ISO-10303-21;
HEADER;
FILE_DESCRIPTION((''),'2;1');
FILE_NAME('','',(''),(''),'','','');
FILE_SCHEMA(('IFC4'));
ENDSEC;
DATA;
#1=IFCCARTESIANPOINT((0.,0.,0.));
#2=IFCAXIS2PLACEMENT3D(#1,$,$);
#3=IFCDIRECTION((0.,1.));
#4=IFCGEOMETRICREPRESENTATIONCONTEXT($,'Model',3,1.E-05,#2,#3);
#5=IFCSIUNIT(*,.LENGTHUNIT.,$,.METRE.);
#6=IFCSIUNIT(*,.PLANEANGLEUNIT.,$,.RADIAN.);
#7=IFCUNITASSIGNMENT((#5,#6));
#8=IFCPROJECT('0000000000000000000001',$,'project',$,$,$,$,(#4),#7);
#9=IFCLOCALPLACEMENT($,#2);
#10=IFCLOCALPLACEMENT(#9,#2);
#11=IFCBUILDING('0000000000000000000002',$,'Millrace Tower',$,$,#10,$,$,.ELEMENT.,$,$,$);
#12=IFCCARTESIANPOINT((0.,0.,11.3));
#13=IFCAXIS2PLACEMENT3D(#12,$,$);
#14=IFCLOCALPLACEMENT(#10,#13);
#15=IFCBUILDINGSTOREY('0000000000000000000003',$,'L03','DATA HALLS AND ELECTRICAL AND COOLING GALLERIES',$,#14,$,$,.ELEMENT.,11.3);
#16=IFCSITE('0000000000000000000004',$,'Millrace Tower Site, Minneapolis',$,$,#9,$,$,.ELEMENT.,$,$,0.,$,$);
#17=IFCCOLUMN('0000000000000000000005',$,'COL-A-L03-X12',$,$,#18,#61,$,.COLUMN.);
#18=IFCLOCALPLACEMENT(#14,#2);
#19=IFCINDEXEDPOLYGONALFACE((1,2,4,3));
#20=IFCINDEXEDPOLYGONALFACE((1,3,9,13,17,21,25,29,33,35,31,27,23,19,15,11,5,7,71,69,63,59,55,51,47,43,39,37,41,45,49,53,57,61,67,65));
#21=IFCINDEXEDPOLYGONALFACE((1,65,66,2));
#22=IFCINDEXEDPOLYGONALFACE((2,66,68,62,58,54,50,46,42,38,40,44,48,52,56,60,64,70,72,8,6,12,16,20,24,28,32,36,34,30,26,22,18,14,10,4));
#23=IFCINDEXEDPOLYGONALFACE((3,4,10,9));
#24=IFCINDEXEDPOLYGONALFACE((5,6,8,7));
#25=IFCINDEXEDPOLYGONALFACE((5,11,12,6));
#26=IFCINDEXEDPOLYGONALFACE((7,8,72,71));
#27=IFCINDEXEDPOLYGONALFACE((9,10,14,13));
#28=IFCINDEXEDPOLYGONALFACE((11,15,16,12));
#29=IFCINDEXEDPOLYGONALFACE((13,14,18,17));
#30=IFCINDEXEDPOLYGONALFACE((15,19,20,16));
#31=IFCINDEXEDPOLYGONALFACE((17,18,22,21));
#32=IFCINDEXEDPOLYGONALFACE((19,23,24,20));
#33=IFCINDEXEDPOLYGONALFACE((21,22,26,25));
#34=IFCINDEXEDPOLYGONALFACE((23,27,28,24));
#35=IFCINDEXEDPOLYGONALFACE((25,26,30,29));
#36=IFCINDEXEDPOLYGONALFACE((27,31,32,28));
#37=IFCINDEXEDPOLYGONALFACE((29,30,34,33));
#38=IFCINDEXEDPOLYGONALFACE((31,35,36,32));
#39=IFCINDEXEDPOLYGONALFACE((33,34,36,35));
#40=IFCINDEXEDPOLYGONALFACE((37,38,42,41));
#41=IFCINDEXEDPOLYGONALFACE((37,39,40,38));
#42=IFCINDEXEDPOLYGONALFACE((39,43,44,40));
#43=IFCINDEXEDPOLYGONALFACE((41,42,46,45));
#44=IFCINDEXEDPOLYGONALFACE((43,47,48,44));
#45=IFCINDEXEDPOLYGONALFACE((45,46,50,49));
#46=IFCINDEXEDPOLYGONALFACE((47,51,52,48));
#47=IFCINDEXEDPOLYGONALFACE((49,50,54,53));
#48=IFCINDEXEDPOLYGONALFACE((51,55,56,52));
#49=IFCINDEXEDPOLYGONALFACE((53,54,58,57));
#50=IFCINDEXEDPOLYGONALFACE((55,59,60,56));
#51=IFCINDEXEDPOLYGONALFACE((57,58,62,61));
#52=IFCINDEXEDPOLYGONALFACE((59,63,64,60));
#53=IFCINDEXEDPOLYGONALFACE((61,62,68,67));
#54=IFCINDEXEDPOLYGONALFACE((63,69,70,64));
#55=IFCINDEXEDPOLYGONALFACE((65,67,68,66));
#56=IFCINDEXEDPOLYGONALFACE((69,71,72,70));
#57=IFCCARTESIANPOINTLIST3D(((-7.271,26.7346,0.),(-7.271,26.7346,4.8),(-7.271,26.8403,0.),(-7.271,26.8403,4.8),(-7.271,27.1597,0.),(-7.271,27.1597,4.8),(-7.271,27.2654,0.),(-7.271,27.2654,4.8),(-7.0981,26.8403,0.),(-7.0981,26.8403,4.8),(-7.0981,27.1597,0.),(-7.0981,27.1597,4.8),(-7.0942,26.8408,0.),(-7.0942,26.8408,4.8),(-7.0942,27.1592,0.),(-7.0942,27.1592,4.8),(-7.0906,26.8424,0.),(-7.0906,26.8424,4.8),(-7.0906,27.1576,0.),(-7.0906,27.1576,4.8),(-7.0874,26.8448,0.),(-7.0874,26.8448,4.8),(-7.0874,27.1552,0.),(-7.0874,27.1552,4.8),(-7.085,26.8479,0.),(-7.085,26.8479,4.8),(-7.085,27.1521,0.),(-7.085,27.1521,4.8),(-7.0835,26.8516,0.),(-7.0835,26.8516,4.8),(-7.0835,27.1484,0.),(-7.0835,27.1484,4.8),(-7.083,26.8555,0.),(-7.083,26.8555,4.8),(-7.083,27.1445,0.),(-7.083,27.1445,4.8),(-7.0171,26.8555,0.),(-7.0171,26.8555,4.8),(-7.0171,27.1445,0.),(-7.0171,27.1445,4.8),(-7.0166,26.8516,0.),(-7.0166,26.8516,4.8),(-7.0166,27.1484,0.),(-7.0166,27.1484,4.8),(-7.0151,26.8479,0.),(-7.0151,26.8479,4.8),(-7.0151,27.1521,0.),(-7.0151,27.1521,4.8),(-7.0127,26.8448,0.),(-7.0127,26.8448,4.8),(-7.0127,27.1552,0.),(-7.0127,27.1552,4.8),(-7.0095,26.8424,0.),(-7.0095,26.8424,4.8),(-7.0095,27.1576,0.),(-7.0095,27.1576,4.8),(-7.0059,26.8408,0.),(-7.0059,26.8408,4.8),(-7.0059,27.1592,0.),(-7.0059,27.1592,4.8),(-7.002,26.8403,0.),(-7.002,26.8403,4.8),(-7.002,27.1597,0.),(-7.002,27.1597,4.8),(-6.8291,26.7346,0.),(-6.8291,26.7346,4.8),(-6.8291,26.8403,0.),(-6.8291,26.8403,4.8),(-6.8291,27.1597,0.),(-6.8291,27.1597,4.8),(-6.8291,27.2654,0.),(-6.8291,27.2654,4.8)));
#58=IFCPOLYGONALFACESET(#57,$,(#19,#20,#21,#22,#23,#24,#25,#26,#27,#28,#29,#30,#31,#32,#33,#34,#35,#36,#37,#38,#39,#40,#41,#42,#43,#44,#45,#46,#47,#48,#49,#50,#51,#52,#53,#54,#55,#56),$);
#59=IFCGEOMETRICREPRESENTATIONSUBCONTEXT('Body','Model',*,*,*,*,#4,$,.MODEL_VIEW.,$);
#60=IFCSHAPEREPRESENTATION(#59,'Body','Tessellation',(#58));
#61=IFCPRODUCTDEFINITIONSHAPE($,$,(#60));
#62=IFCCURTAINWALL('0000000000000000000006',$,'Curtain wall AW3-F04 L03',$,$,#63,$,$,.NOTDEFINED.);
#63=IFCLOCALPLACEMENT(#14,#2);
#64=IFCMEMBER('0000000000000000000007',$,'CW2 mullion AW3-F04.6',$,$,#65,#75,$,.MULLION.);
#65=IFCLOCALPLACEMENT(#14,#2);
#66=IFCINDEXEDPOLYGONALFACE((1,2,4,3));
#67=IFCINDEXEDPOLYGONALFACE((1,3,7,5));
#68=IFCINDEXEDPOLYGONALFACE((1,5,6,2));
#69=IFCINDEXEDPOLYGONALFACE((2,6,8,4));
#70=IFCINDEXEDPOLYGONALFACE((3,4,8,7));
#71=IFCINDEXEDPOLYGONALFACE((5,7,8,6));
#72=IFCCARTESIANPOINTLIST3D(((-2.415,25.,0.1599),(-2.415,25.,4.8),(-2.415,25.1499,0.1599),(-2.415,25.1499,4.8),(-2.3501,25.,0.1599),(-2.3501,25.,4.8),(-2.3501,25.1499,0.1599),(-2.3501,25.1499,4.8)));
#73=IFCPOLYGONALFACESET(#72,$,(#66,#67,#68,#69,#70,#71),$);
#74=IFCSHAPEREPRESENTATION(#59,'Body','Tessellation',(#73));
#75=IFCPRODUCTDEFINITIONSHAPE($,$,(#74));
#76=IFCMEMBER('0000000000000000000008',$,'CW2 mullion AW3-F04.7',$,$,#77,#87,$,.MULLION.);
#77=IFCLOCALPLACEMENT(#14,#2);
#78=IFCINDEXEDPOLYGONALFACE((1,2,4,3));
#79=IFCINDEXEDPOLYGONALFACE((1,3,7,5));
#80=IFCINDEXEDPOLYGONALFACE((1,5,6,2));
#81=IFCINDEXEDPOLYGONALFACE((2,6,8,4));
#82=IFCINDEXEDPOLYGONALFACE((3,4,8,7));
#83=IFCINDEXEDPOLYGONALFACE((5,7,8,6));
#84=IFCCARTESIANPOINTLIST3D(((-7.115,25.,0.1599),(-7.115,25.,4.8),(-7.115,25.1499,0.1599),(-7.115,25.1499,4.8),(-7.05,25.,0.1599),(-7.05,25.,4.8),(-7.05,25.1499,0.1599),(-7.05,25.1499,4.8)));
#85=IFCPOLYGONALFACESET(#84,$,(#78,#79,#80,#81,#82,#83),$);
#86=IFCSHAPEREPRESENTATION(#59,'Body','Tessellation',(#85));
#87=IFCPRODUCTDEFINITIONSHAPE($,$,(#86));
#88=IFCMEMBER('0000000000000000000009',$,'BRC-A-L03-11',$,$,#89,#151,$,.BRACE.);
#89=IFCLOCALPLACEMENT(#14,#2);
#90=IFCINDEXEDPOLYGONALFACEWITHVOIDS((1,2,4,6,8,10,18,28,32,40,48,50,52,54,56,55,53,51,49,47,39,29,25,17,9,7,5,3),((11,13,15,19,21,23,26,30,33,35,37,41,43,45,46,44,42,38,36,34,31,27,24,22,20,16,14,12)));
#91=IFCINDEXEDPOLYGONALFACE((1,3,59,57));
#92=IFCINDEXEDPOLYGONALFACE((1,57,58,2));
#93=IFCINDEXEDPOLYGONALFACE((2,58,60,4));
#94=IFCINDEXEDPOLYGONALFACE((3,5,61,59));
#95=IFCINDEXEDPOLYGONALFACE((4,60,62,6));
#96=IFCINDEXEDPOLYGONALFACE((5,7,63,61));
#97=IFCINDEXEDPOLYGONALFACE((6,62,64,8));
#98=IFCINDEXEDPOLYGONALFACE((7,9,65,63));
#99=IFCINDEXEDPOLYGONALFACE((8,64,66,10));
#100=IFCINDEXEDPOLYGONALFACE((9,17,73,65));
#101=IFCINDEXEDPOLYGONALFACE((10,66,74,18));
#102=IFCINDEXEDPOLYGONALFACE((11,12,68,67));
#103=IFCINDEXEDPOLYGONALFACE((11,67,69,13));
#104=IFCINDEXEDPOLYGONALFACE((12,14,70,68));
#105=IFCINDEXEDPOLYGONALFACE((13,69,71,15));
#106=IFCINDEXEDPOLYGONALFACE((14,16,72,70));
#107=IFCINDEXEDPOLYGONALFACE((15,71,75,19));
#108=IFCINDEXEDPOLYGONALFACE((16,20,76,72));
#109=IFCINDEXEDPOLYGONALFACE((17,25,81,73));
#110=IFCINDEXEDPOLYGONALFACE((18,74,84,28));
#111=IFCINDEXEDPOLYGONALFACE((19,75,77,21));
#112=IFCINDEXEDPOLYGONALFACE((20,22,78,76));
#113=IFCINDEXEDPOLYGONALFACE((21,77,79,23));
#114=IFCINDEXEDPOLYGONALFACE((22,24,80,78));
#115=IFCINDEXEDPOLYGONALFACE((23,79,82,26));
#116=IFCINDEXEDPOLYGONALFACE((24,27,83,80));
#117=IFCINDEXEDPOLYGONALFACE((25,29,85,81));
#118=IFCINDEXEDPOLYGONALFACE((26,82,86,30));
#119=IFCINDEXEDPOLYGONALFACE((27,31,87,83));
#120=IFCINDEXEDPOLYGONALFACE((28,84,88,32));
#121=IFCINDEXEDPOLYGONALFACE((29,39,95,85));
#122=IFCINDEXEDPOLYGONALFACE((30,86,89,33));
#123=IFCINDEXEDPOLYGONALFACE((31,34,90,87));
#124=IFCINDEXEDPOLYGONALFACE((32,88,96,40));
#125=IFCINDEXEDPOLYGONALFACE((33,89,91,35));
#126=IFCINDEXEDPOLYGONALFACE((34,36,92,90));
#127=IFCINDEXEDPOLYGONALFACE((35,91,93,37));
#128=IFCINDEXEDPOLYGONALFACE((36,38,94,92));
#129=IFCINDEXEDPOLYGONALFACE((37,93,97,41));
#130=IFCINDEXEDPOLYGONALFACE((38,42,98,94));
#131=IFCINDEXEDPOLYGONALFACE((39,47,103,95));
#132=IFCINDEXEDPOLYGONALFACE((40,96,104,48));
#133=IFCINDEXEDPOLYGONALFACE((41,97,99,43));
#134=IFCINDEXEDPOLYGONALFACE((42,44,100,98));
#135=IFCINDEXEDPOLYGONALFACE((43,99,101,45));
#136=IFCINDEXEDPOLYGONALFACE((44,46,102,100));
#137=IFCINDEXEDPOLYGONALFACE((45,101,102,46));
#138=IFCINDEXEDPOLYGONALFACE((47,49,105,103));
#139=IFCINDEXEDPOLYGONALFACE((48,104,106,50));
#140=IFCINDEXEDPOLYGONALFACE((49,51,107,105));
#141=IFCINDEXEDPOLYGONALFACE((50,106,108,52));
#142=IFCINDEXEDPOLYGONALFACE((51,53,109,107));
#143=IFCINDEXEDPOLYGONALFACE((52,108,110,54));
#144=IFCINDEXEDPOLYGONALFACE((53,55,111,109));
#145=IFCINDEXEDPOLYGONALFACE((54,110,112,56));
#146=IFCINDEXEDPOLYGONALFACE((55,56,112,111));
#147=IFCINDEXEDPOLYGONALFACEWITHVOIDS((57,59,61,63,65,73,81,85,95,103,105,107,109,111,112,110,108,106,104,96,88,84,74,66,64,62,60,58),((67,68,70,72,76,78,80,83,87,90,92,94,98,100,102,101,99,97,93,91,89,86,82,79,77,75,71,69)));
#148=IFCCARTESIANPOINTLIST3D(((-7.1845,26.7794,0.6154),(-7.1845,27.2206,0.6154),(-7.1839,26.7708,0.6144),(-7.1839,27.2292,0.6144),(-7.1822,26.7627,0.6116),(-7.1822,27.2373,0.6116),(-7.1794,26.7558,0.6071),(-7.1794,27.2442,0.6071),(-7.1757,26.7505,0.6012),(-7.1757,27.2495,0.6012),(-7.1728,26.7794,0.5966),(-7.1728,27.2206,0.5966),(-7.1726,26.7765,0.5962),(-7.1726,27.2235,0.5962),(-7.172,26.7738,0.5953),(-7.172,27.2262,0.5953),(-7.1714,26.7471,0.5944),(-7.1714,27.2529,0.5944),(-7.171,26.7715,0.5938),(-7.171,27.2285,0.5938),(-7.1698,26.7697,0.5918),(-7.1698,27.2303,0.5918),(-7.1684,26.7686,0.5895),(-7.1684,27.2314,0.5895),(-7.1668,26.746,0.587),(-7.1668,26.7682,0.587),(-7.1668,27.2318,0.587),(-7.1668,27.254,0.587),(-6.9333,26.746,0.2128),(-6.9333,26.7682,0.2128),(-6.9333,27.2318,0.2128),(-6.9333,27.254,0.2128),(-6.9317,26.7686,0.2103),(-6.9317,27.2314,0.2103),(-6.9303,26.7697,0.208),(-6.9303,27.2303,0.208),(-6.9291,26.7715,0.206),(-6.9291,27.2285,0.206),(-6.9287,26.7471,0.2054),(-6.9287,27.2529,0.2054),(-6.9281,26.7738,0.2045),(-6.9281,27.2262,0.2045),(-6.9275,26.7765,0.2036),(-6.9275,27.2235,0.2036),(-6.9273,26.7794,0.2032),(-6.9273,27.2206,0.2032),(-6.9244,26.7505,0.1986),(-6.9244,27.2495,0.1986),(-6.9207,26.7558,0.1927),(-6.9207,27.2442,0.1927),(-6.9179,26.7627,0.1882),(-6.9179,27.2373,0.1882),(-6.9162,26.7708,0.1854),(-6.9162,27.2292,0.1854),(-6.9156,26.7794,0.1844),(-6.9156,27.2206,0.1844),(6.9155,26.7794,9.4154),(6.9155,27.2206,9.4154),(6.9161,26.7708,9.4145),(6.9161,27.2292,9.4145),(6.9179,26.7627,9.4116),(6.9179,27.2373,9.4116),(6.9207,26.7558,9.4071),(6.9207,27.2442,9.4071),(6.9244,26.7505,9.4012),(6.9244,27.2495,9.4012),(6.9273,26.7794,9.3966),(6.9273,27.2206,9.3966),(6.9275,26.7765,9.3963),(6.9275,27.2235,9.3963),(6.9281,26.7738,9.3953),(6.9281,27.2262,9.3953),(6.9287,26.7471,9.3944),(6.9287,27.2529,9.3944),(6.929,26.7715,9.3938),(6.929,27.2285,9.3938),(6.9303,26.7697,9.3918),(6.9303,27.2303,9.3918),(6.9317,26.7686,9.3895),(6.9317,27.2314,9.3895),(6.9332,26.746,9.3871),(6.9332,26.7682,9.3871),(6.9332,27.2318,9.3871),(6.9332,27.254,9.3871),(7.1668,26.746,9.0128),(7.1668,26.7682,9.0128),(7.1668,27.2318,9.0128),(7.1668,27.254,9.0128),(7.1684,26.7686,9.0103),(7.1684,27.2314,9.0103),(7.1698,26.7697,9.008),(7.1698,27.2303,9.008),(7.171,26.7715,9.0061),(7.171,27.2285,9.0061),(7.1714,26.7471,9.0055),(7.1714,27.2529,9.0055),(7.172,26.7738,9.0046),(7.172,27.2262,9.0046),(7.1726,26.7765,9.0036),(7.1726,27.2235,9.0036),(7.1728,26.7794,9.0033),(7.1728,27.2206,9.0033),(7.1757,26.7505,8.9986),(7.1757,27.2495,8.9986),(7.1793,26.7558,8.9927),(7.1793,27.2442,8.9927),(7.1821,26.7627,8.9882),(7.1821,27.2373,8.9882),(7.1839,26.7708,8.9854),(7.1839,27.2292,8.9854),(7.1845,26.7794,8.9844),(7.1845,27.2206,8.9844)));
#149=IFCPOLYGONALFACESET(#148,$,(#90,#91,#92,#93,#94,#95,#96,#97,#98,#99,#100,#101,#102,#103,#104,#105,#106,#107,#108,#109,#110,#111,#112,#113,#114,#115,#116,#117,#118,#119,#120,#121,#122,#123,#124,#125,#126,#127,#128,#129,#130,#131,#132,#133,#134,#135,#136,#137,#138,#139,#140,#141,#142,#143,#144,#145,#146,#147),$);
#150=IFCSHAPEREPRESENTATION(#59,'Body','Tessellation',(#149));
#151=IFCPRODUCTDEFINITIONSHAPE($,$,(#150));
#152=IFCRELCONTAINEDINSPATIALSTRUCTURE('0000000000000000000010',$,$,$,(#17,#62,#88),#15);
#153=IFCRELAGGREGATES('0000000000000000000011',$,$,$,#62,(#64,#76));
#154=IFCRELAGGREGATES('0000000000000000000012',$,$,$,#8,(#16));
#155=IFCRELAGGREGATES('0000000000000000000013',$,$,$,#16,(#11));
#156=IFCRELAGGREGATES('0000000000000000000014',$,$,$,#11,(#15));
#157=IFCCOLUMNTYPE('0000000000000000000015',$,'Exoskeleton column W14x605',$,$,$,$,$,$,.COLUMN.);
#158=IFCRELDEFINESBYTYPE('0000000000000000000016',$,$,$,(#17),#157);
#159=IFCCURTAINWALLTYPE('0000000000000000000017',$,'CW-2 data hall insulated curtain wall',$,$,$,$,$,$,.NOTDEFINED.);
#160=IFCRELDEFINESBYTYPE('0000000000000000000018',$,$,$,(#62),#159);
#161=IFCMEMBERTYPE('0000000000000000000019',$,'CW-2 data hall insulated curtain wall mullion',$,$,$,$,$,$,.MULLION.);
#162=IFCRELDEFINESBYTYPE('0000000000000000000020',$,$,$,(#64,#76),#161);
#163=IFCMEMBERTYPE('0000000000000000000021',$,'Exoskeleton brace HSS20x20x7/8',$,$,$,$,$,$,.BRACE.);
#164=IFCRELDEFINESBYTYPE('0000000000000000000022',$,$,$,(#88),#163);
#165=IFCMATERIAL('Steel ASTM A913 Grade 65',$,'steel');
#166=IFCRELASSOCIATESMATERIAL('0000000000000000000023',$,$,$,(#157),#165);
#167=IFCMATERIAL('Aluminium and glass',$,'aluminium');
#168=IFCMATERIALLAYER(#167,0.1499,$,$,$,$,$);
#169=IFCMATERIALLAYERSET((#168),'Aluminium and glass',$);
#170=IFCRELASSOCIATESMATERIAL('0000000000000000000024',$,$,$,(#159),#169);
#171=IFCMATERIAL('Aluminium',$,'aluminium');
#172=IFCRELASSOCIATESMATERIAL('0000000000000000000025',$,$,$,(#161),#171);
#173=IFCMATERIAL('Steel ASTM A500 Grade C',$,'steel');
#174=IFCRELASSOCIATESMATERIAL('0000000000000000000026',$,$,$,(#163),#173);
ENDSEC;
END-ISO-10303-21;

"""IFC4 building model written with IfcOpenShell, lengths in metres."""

from ifc_helpers import new_model, si_unit, direction, frame, origin, origin_2d, place, context, subcontext, project, spatial, rectangle, hollow_rectangle, i_section, extrude, material, layer, layer_set, material_profile, profile_set, type_object, element, aggregate, save


model = new_model("IFC4")

# Units and contexts
model_context = context("Model", 3, precision=1e-05, world=origin(), true_north=direction((0.0, 1.0)))
body_context = subcontext(model_context, "Body", "Model", "MODEL_VIEW")
ifc_project = project(units=[si_unit("LENGTHUNIT", "METRE"), si_unit("PLANEANGLEUNIT", "RADIAN")], contexts=[model_context])

# Site, building, storey
site_placement = place(None, origin())
site = spatial("IfcSite", under=ifc_project, at=site_placement, Name="Millrace Tower Site, Minneapolis", CompositionType="ELEMENT", RefElevation=0.0)
building_placement = place(site_placement, origin())
building = spatial("IfcBuilding", under=site, at=building_placement, Name="Millrace Tower", CompositionType="ELEMENT")
storey_placement = place(building_placement, frame((0.0, 0.0, 11.3)))
storey = spatial("IfcBuildingStorey", under=building, at=storey_placement, Name="L03", Description="DATA HALLS AND ELECTRICAL AND COOLING GALLERIES", CompositionType="ELEMENT", Elevation=11.3)

# Column
ifc_material_1 = material(Name="Steel ASTM A913 Grade 65", Category="steel")
ifc_material_profile_1 = material_profile(ifc_material_1, i_section(OverallWidth=0.4419, OverallDepth=0.5308, WebThickness=0.0659, FlangeThickness=0.1057, FilletRadius=0.0151, at=origin_2d()))
ifc_profile_set_1 = profile_set([ifc_material_profile_1], Name="Steel ASTM A913 Grade 65")
column_type = type_object("IfcColumnType", Name="Exoskeleton column W14x605", PredefinedType="COLUMN", material=ifc_profile_set_1)
column_placement = place(storey_placement, frame((-7.05, 27.0, 0.0), z_axis=(0.0, 0.0, 1.0), x_axis=(-1.0, 0.0, 0.0)))
element("IfcColumn", 1, at=column_placement, inside=storey, type_object=column_type, Name="COL-A-L03-X12", PredefinedType="COLUMN", context=body_context, shape_type="SweptSolid", body=[
    extrude(i_section(OverallWidth=0.4419, OverallDepth=0.5308, WebThickness=0.0659, FlangeThickness=0.1057, FilletRadius=0.0151, at=origin_2d()), origin(), (0.0, 0.0, 1.0), 4.8),
])

# Curtain wall, members
ifc_material_2 = material(Name="Aluminium and glass", Category="aluminium")
ifc_layer_1 = layer(ifc_material_2, 0.1499)
ifc_layer_set_1 = layer_set([ifc_layer_1], Name="Aluminium and glass")
curtain_wall_type = type_object("IfcCurtainWallType", Name="CW-2 data hall insulated curtain wall", PredefinedType="NOTDEFINED", material=ifc_layer_set_1)
placement_1 = place(storey_placement, origin())
curtain_wall = element("IfcCurtainWall", 2, at=placement_1, inside=storey, type_object=curtain_wall_type, Name="Curtain wall AW3-F04 L03", PredefinedType="NOTDEFINED")
ifc_material_3 = material(Name="Aluminium", Category="aluminium")
ifc_material_profile_2 = material_profile(ifc_material_3, rectangle(XDim=0.0649, YDim=0.1499, at=origin_2d()))
ifc_profile_set_2 = profile_set([ifc_material_profile_2], Name="Aluminium")
member_type_1 = type_object("IfcMemberType", Name="CW-2 data hall insulated curtain wall mullion", PredefinedType="MULLION", material=ifc_profile_set_2)
member_1_placement = place(storey_placement, frame((-2.3826, 25.075, 0.1599), z_axis=(0.0, 0.0, 1.0), x_axis=(-1.0, 0.0, 0.0)))
member_1 = element("IfcMember", 3, at=member_1_placement, type_object=member_type_1, Name="CW2 mullion AW3-F04.6", PredefinedType="MULLION", context=body_context, shape_type="SweptSolid", body=[
    extrude(rectangle(XDim=0.0649, YDim=0.1499, at=origin_2d()), origin(), (0.0, 0.0, 1.0), 4.6401),
])
member_2_placement = place(storey_placement, frame((-7.0825, 25.075, 0.1599), z_axis=(0.0, 0.0, 1.0), x_axis=(-1.0, 0.0, 0.0)))
member_2 = element("IfcMember", 4, at=member_2_placement, type_object=member_type_1, Name="CW2 mullion AW3-F04.7", PredefinedType="MULLION", context=body_context, shape_type="SweptSolid", body=[
    extrude(rectangle(XDim=0.0649, YDim=0.1499, at=origin_2d()), origin(), (0.0, 0.0, 1.0), 4.6401),
])

# Member
ifc_material_4 = material(Name="Steel ASTM A500 Grade C", Category="steel")
ifc_material_profile_3 = material_profile(ifc_material_4, hollow_rectangle(XDim=0.5081, YDim=0.5081, WallThickness=0.0222, InnerFilletRadius=0.0112, OuterFilletRadius=0.0334, at=origin_2d()))
ifc_profile_set_3 = profile_set([ifc_material_profile_3], Name="Steel ASTM A500 Grade C")
member_type_2 = type_object("IfcMemberType", Name="Exoskeleton brace HSS20x20x7/8", PredefinedType="BRACE", material=ifc_profile_set_3)
member_3_placement = place(storey_placement, frame((-7.05, 27.0, 0.3999), z_axis=(0.848336, 0.0, 0.529457), x_axis=(0.0, 1.0, 0.0)))
element("IfcMember", 5, at=member_3_placement, inside=storey, type_object=member_type_2, Name="BRC-A-L03-11", PredefinedType="BRACE", context=body_context, shape_type="SweptSolid", body=[
    extrude(hollow_rectangle(XDim=0.5081, YDim=0.5081, WallThickness=0.0222, InnerFilletRadius=0.0112, OuterFilletRadius=0.0334, at=origin_2d()), origin(), (0.0, 0.0, 1.0), 16.6208),
])

aggregate(curtain_wall, [member_1, member_2])

save(model, "model.ifc")
